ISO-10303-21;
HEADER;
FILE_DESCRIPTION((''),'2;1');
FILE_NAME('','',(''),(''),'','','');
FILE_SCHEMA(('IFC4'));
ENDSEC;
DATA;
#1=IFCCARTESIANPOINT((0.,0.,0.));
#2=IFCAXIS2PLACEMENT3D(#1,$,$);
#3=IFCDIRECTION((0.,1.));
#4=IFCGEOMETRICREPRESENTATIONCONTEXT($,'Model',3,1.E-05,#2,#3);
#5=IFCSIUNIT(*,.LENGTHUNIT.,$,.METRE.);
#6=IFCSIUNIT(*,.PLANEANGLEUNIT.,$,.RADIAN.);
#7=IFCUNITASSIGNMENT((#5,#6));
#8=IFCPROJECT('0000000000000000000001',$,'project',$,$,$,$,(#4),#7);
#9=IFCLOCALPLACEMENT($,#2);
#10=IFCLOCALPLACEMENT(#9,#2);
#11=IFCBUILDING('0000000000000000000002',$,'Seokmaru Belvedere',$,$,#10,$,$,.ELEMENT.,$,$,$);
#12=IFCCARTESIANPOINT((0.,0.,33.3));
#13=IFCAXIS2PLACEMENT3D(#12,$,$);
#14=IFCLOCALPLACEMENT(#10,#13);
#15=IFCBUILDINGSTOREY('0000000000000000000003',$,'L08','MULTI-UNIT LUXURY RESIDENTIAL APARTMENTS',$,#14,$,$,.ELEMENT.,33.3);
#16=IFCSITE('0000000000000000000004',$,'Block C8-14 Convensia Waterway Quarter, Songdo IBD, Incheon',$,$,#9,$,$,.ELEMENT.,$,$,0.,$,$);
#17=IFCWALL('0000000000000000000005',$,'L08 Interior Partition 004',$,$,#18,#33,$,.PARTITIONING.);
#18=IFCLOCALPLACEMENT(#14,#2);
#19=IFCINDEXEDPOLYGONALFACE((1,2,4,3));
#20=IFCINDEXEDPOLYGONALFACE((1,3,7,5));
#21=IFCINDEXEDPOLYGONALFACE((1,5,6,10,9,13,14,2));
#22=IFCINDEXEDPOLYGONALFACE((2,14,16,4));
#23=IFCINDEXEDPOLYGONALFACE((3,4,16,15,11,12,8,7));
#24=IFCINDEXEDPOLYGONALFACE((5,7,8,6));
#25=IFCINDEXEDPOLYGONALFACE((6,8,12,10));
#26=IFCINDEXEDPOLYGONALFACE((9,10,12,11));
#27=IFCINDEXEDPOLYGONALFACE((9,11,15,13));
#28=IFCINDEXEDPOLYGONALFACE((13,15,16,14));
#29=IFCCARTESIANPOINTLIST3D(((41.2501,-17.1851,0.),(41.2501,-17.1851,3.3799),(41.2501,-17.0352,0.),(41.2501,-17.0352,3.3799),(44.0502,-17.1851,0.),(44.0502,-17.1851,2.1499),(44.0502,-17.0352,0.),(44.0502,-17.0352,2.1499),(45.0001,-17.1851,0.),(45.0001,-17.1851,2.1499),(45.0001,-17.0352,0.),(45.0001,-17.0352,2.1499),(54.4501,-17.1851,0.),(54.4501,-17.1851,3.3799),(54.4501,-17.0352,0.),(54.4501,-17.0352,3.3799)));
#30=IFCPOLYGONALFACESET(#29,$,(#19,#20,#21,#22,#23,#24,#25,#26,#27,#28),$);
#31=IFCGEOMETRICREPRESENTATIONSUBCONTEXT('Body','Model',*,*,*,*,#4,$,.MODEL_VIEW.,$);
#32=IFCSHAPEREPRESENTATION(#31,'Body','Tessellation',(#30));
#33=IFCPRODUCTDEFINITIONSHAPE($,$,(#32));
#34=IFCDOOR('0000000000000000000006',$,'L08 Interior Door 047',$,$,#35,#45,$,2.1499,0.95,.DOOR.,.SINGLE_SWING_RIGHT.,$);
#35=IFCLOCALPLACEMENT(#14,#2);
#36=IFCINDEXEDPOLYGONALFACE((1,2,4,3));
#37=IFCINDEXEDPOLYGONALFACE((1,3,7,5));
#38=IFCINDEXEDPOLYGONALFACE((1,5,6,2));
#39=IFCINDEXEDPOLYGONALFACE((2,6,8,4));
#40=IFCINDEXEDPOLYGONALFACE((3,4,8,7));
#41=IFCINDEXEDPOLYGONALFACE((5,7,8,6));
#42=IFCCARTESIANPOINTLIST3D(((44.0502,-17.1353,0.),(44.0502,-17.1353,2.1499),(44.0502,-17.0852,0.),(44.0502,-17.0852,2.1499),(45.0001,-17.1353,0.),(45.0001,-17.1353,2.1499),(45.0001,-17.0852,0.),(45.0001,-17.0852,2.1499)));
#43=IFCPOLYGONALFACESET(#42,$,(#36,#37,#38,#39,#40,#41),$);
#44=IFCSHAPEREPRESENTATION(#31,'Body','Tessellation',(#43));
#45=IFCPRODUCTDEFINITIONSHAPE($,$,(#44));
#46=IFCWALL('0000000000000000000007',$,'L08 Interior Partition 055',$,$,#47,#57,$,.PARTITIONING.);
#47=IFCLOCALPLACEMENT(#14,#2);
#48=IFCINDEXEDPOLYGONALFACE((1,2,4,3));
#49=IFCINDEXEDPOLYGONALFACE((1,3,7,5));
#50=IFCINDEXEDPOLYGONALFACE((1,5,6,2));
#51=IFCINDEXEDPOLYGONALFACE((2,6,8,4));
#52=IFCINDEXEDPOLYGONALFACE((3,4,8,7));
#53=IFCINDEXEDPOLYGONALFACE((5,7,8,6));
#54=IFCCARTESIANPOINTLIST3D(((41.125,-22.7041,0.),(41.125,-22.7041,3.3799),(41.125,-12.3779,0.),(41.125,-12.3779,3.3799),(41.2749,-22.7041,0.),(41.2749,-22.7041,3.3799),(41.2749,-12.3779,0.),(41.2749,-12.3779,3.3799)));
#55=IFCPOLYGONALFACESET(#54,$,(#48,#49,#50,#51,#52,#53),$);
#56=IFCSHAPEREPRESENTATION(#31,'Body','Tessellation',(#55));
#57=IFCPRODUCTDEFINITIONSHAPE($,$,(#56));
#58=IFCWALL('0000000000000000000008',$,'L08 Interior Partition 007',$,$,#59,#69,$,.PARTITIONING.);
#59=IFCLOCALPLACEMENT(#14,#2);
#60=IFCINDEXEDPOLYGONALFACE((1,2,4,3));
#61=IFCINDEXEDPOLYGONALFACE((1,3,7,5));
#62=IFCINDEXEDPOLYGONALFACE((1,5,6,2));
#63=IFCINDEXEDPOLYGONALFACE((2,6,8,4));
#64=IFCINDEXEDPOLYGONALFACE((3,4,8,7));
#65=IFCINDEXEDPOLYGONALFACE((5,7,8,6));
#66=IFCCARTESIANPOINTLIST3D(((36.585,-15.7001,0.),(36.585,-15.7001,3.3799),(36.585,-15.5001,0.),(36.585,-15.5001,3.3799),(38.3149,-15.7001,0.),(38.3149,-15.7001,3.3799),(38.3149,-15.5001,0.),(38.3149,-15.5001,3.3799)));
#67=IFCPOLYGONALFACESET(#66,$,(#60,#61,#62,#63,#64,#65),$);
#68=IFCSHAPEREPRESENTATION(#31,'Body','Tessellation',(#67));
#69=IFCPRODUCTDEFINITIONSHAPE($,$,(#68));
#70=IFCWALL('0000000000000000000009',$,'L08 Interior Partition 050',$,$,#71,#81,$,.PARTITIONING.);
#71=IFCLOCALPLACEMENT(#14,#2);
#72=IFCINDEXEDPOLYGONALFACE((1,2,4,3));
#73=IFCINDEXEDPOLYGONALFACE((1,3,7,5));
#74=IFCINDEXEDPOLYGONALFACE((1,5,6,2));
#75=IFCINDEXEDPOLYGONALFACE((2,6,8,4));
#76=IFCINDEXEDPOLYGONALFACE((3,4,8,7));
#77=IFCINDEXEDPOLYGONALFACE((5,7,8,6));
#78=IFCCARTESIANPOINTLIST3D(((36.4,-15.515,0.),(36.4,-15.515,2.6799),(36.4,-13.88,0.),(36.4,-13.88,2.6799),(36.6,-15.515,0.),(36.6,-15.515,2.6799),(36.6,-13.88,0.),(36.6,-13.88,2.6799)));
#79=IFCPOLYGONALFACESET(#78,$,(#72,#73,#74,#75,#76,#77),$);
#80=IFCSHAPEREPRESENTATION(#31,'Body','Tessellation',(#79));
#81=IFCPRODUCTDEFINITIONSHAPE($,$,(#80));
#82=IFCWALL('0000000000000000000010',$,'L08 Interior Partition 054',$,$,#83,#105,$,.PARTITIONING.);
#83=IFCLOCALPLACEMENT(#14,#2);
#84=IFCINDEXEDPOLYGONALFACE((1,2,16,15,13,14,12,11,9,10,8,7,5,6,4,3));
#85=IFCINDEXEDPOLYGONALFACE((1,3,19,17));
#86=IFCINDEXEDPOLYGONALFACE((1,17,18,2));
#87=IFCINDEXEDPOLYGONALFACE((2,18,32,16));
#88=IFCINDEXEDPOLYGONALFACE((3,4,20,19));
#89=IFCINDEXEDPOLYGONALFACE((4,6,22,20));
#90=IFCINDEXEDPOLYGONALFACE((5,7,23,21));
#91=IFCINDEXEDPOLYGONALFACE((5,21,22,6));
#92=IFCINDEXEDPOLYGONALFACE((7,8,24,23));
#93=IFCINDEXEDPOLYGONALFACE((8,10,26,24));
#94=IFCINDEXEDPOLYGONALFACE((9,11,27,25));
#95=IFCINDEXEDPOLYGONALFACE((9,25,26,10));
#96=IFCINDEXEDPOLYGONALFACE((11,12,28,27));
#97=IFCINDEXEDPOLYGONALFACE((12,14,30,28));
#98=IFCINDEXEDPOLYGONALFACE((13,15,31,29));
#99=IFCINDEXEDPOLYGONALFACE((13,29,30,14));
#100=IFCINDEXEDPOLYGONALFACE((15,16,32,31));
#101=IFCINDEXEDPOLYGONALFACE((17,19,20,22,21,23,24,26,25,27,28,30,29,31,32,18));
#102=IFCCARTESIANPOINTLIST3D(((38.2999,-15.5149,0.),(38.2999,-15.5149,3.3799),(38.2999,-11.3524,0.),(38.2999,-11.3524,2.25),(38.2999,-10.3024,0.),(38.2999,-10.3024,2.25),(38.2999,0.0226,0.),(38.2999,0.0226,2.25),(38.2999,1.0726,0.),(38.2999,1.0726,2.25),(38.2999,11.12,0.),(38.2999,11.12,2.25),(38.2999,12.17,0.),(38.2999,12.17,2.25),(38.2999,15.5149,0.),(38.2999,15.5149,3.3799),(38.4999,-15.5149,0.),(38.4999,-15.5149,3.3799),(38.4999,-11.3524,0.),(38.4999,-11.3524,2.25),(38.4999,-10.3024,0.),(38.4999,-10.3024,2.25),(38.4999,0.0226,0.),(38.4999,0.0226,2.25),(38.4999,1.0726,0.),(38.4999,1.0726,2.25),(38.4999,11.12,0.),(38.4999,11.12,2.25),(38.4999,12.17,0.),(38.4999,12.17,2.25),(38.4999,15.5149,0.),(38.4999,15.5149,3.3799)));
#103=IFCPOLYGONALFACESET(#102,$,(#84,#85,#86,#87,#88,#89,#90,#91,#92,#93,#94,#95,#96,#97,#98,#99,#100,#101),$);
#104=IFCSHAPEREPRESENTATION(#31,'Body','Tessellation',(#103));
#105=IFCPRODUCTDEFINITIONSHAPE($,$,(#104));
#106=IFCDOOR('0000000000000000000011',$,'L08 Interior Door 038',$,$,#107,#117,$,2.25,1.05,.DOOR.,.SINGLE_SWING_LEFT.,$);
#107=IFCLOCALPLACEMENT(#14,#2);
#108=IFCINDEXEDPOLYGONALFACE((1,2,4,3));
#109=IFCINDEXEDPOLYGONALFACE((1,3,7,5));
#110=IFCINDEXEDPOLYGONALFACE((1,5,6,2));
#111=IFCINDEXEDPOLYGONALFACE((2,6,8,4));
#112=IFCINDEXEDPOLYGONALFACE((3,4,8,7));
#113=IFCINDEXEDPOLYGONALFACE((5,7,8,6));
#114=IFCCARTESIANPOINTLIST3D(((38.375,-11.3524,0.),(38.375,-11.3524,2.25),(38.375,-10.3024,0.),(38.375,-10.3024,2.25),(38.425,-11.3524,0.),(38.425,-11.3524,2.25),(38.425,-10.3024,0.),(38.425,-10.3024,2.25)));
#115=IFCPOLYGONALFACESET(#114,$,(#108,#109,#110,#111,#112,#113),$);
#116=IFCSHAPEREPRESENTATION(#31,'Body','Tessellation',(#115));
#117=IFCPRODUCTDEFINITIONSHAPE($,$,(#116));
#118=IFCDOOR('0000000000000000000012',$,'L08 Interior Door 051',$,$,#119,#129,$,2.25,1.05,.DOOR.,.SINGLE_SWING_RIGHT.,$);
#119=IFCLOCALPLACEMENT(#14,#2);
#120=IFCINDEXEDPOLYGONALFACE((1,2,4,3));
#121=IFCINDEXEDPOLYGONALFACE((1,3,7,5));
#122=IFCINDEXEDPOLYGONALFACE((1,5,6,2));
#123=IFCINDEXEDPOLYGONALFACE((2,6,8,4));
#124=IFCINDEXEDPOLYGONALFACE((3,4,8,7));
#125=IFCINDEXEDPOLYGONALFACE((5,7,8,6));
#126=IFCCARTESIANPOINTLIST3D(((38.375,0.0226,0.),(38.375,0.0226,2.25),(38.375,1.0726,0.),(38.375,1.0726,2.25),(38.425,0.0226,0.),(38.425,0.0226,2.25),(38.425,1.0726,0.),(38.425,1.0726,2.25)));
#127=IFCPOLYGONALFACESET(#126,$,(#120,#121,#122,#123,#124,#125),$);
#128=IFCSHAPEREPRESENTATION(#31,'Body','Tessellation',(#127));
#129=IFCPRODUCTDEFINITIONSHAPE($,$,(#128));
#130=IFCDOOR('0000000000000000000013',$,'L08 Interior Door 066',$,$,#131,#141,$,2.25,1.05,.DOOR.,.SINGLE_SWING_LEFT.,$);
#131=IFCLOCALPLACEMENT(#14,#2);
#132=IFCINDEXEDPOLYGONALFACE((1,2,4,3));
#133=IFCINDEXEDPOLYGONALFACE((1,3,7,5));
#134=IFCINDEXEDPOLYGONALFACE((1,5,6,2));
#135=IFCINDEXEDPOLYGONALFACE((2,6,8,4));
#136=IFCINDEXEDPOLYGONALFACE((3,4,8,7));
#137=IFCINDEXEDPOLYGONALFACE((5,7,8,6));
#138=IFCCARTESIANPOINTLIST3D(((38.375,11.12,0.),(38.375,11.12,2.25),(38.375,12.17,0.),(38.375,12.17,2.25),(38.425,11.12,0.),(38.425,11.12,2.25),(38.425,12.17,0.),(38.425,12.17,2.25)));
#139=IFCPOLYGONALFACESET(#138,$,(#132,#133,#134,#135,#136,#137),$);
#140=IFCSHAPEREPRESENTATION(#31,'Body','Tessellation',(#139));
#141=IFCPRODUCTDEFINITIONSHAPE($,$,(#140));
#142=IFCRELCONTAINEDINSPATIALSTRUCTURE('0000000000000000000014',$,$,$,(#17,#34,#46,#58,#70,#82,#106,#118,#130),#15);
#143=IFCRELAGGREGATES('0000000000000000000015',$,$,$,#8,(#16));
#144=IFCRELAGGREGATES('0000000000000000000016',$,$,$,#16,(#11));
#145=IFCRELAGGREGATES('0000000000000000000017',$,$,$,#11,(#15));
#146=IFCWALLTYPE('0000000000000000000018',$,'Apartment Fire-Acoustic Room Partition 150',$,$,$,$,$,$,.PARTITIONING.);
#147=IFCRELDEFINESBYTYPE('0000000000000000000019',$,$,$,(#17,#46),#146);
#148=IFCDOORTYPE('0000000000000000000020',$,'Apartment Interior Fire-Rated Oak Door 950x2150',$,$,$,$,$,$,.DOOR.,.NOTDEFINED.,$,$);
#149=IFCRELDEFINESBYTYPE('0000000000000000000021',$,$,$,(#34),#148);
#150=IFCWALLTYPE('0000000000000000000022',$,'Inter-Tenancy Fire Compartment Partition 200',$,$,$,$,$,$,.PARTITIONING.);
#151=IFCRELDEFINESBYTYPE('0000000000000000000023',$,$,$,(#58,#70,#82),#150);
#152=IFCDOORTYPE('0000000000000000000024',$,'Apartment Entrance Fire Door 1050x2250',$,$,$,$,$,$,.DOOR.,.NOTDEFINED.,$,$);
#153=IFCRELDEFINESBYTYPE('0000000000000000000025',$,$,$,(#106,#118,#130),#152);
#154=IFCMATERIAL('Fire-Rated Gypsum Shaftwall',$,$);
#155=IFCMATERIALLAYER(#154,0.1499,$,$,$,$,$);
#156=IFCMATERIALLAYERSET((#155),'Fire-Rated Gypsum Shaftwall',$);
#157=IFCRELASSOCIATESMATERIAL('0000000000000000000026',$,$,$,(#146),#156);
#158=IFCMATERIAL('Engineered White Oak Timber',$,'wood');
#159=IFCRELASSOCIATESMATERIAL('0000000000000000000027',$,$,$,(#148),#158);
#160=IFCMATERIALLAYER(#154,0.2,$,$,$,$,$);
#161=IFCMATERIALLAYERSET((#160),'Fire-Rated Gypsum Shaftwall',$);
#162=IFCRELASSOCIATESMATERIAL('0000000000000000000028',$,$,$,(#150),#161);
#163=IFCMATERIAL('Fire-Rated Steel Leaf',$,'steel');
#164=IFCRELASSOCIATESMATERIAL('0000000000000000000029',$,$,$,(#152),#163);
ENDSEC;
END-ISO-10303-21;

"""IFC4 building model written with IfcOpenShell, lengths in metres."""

from ifc_helpers import new_model, si_unit, direction, frame, frame_2d, origin, place, context, subcontext, project, spatial, rectangle, extrude, source, transform, mapped, material, layer, layer_set, type_object, type_shapes, element, fill, save


model = new_model("IFC4")

# Units and contexts
model_context = context("Model", 3, precision=1e-05, world=origin(), true_north=direction((0.0, 1.0)))
body_context = subcontext(model_context, "Body", "Model", "MODEL_VIEW")
ifc_project = project(units=[si_unit("LENGTHUNIT", "METRE"), si_unit("PLANEANGLEUNIT", "RADIAN")], contexts=[model_context])

# Site, building, storey
site_placement = place(None, origin())
site = spatial("IfcSite", under=ifc_project, at=site_placement, Name="Block C8-14 Convensia Waterway Quarter, Songdo IBD, Incheon", CompositionType="ELEMENT", RefElevation=0.0)
building_placement = place(site_placement, origin())
building = spatial("IfcBuilding", under=site, at=building_placement, Name="Seokmaru Belvedere", CompositionType="ELEMENT")
storey_placement = place(building_placement, frame((0.0, 0.0, 33.3)))
storey = spatial("IfcBuildingStorey", under=building, at=storey_placement, Name="L08", Description="MULTI-UNIT LUXURY RESIDENTIAL APARTMENTS", CompositionType="ELEMENT", Elevation=33.3)

# Wall, opening, door
ifc_material_1 = material(Name="Fire-Rated Gypsum Shaftwall")
ifc_layer_1 = layer(ifc_material_1, 0.1499)
ifc_layer_set_1 = layer_set([ifc_layer_1], Name="Fire-Rated Gypsum Shaftwall")
wall_type_1 = type_object("IfcWallType", Name="Apartment Fire-Acoustic Room Partition 150", PredefinedType="PARTITIONING", material=ifc_layer_set_1)
wall_1_placement = place(storey_placement, frame((41.25, -17.1101, 0.0), z_axis=(0.0, 0.0, 1.0), x_axis=(1.0, 0.0, 0.0)))
wall_1 = element("IfcWall", 1, at=wall_1_placement, inside=storey, type_object=wall_type_1, Name="L08 Interior Partition 004", PredefinedType="PARTITIONING", context=body_context, shape_type="SweptSolid", body=[
    extrude(rectangle(XDim=13.2, YDim=0.1499, at=frame_2d((6.6001, 0.0))), origin(), (0.0, 0.0, 1.0), 3.3799),
])
opening_1_placement = place(wall_1_placement, frame((2.8, 0.0, 0.0)))
opening_1 = element("IfcOpeningElement", 2, at=opening_1_placement, cuts=wall_1, PredefinedType="OPENING", context=body_context, shape_type="SweptSolid", body=[
    extrude(rectangle(XDim=0.95, YDim=2.1499, at=frame_2d((0.4751, 1.075))), frame((0.0, 0.085, 0.0), z_axis=(0.0, -1.0, 0.0), x_axis=(1.0, 0.0, 0.0)), (0.0, 0.0, 1.0), 0.1699),
])
ifc_material_2 = material(Name="Engineered White Oak Timber", Category="wood")
door_type_1 = type_object("IfcDoorType", Name="Apartment Interior Fire-Rated Oak Door 950x2150", OperationType="NOTDEFINED", PredefinedType="DOOR", material=ifc_material_2)
shared_shape_1 = source(origin(), body_context, "Body", "SweptSolid", [
    extrude(rectangle(XDim=0.95, YDim=2.1499, at=frame_2d((0.4751, 1.075))), frame((0.0, 0.0249, 0.0), z_axis=(0.0, -1.0, 0.0), x_axis=(1.0, 0.0, 0.0)), (0.0, 0.0, 1.0), 0.05),
])
type_shapes(door_type_1, [shared_shape_1])
door_1_placement = place(opening_1_placement, origin())
door_1 = element("IfcDoor", 3, at=door_1_placement, inside=storey, type_object=door_type_1, Name="L08 Interior Door 047", OperationType="SINGLE_SWING_RIGHT", OverallHeight=2.1499, OverallWidth=0.95, PredefinedType="DOOR", context=body_context, shape_type="MappedRepresentation", body=[
    mapped(shared_shape_1, transform((0.0, 0.0, 0.0), scale=1.0)),
])
fill(opening_1, door_1)

# Walls
wall_2_placement = place(storey_placement, frame((41.2, -22.7041, 0.0), z_axis=(0.0, 0.0, 1.0), x_axis=(0.0, 1.0, 0.0)))
element("IfcWall", 4, at=wall_2_placement, inside=storey, type_object=wall_type_1, Name="L08 Interior Partition 055", PredefinedType="PARTITIONING", context=body_context, shape_type="SweptSolid", body=[
    extrude(rectangle(XDim=10.3262, YDim=0.1499, at=frame_2d((5.1631, 0.0))), origin(), (0.0, 0.0, 1.0), 3.3799),
])
ifc_layer_2 = layer(ifc_material_1, 0.2)
ifc_layer_set_2 = layer_set([ifc_layer_2], Name="Fire-Rated Gypsum Shaftwall")
wall_type_2 = type_object("IfcWallType", Name="Inter-Tenancy Fire Compartment Partition 200", PredefinedType="PARTITIONING", material=ifc_layer_set_2)
wall_3_placement = place(storey_placement, frame((36.585, -15.6001, 0.0), z_axis=(0.0, 0.0, 1.0), x_axis=(1.0, 0.0, 0.0)))
element("IfcWall", 5, at=wall_3_placement, inside=storey, type_object=wall_type_2, Name="L08 Interior Partition 007", PredefinedType="PARTITIONING", context=body_context, shape_type="SweptSolid", body=[
    extrude(rectangle(XDim=1.73, YDim=0.2, at=frame_2d((0.865, 0.0))), origin(), (0.0, 0.0, 1.0), 3.3799),
])
wall_4_placement = place(storey_placement, frame((36.5, -15.5149, 0.0), z_axis=(0.0, 0.0, 1.0), x_axis=(0.0, 1.0, 0.0)))
element("IfcWall", 6, at=wall_4_placement, inside=storey, type_object=wall_type_2, Name="L08 Interior Partition 050", PredefinedType="PARTITIONING", context=body_context, shape_type="SweptSolid", body=[
    extrude(rectangle(XDim=1.635, YDim=0.2, at=frame_2d((0.8174, 0.0))), origin(), (0.0, 0.0, 1.0), 2.6799),
])

# Wall, openings, doors
wall_5_placement = place(storey_placement, frame((38.3999, -15.5149, 0.0), z_axis=(0.0, 0.0, 1.0), x_axis=(0.0, 1.0, 0.0)))
wall_5 = element("IfcWall", 7, at=wall_5_placement, inside=storey, type_object=wall_type_2, Name="L08 Interior Partition 054", PredefinedType="PARTITIONING", context=body_context, shape_type="SweptSolid", body=[
    extrude(rectangle(XDim=31.0298, YDim=0.2, at=frame_2d((15.5149, 0.0))), origin(), (0.0, 0.0, 1.0), 3.3799),
])
opening_2_placement = place(wall_5_placement, frame((4.1626, 0.0, 0.0)))
opening_2 = element("IfcOpeningElement", 8, at=opening_2_placement, cuts=wall_5, PredefinedType="OPENING", context=body_context, shape_type="SweptSolid", body=[
    extrude(rectangle(XDim=1.05, YDim=2.25, at=frame_2d((0.5249, 1.125))), frame((0.0, 0.1099, 0.0), z_axis=(0.0, -1.0, 0.0), x_axis=(1.0, 0.0, 0.0)), (0.0, 0.0, 1.0), 0.22),
])
opening_3_placement = place(wall_5_placement, frame((15.5376, 0.0, 0.0)))
opening_3 = element("IfcOpeningElement", 9, at=opening_3_placement, cuts=wall_5, PredefinedType="OPENING", context=body_context, shape_type="SweptSolid", body=[
    extrude(rectangle(XDim=1.05, YDim=2.25, at=frame_2d((0.5249, 1.125))), frame((0.0, 0.1099, 0.0), z_axis=(0.0, -1.0, 0.0), x_axis=(1.0, 0.0, 0.0)), (0.0, 0.0, 1.0), 0.22),
])
opening_4_placement = place(wall_5_placement, frame((26.635, 0.0, 0.0)))
opening_4 = element("IfcOpeningElement", 10, at=opening_4_placement, cuts=wall_5, PredefinedType="OPENING", context=body_context, shape_type="SweptSolid", body=[
    extrude(rectangle(XDim=1.05, YDim=2.25, at=frame_2d((0.5249, 1.125))), frame((0.0, 0.1099, 0.0), z_axis=(0.0, -1.0, 0.0), x_axis=(1.0, 0.0, 0.0)), (0.0, 0.0, 1.0), 0.22),
])
ifc_material_3 = material(Name="Fire-Rated Steel Leaf", Category="steel")
door_type_2 = type_object("IfcDoorType", Name="Apartment Entrance Fire Door 1050x2250", OperationType="NOTDEFINED", PredefinedType="DOOR", material=ifc_material_3)
shared_shape_2 = source(origin(), body_context, "Body", "SweptSolid", [
    extrude(rectangle(XDim=1.05, YDim=2.25, at=frame_2d((0.5249, 1.125))), frame((0.0, 0.0249, 0.0), z_axis=(0.0, -1.0, 0.0), x_axis=(1.0, 0.0, 0.0)), (0.0, 0.0, 1.0), 0.05),
])
type_shapes(door_type_2, [shared_shape_2])
door_2_placement = place(opening_2_placement, origin())
door_2 = element("IfcDoor", 11, at=door_2_placement, inside=storey, type_object=door_type_2, Name="L08 Interior Door 038", OperationType="SINGLE_SWING_LEFT", OverallHeight=2.25, OverallWidth=1.05, PredefinedType="DOOR", context=body_context, shape_type="MappedRepresentation", body=[
    mapped(shared_shape_2, transform((0.0, 0.0, 0.0), scale=1.0)),
])
fill(opening_2, door_2)
door_3_placement = place(opening_3_placement, origin())
door_3 = element("IfcDoor", 12, at=door_3_placement, inside=storey, type_object=door_type_2, Name="L08 Interior Door 051", OperationType="SINGLE_SWING_RIGHT", OverallHeight=2.25, OverallWidth=1.05, PredefinedType="DOOR", context=body_context, shape_type="MappedRepresentation", body=[
    mapped(shared_shape_2, transform((0.0, 0.0, 0.0), scale=1.0)),
])
fill(opening_3, door_3)
door_4_placement = place(opening_4_placement, origin())
door_4 = element("IfcDoor", 13, at=door_4_placement, inside=storey, type_object=door_type_2, Name="L08 Interior Door 066", OperationType="SINGLE_SWING_LEFT", OverallHeight=2.25, OverallWidth=1.05, PredefinedType="DOOR", context=body_context, shape_type="MappedRepresentation", body=[
    mapped(shared_shape_2, transform((0.0, 0.0, 0.0), scale=1.0)),
])
fill(opening_4, door_4)

save(model, "model.ifc")
